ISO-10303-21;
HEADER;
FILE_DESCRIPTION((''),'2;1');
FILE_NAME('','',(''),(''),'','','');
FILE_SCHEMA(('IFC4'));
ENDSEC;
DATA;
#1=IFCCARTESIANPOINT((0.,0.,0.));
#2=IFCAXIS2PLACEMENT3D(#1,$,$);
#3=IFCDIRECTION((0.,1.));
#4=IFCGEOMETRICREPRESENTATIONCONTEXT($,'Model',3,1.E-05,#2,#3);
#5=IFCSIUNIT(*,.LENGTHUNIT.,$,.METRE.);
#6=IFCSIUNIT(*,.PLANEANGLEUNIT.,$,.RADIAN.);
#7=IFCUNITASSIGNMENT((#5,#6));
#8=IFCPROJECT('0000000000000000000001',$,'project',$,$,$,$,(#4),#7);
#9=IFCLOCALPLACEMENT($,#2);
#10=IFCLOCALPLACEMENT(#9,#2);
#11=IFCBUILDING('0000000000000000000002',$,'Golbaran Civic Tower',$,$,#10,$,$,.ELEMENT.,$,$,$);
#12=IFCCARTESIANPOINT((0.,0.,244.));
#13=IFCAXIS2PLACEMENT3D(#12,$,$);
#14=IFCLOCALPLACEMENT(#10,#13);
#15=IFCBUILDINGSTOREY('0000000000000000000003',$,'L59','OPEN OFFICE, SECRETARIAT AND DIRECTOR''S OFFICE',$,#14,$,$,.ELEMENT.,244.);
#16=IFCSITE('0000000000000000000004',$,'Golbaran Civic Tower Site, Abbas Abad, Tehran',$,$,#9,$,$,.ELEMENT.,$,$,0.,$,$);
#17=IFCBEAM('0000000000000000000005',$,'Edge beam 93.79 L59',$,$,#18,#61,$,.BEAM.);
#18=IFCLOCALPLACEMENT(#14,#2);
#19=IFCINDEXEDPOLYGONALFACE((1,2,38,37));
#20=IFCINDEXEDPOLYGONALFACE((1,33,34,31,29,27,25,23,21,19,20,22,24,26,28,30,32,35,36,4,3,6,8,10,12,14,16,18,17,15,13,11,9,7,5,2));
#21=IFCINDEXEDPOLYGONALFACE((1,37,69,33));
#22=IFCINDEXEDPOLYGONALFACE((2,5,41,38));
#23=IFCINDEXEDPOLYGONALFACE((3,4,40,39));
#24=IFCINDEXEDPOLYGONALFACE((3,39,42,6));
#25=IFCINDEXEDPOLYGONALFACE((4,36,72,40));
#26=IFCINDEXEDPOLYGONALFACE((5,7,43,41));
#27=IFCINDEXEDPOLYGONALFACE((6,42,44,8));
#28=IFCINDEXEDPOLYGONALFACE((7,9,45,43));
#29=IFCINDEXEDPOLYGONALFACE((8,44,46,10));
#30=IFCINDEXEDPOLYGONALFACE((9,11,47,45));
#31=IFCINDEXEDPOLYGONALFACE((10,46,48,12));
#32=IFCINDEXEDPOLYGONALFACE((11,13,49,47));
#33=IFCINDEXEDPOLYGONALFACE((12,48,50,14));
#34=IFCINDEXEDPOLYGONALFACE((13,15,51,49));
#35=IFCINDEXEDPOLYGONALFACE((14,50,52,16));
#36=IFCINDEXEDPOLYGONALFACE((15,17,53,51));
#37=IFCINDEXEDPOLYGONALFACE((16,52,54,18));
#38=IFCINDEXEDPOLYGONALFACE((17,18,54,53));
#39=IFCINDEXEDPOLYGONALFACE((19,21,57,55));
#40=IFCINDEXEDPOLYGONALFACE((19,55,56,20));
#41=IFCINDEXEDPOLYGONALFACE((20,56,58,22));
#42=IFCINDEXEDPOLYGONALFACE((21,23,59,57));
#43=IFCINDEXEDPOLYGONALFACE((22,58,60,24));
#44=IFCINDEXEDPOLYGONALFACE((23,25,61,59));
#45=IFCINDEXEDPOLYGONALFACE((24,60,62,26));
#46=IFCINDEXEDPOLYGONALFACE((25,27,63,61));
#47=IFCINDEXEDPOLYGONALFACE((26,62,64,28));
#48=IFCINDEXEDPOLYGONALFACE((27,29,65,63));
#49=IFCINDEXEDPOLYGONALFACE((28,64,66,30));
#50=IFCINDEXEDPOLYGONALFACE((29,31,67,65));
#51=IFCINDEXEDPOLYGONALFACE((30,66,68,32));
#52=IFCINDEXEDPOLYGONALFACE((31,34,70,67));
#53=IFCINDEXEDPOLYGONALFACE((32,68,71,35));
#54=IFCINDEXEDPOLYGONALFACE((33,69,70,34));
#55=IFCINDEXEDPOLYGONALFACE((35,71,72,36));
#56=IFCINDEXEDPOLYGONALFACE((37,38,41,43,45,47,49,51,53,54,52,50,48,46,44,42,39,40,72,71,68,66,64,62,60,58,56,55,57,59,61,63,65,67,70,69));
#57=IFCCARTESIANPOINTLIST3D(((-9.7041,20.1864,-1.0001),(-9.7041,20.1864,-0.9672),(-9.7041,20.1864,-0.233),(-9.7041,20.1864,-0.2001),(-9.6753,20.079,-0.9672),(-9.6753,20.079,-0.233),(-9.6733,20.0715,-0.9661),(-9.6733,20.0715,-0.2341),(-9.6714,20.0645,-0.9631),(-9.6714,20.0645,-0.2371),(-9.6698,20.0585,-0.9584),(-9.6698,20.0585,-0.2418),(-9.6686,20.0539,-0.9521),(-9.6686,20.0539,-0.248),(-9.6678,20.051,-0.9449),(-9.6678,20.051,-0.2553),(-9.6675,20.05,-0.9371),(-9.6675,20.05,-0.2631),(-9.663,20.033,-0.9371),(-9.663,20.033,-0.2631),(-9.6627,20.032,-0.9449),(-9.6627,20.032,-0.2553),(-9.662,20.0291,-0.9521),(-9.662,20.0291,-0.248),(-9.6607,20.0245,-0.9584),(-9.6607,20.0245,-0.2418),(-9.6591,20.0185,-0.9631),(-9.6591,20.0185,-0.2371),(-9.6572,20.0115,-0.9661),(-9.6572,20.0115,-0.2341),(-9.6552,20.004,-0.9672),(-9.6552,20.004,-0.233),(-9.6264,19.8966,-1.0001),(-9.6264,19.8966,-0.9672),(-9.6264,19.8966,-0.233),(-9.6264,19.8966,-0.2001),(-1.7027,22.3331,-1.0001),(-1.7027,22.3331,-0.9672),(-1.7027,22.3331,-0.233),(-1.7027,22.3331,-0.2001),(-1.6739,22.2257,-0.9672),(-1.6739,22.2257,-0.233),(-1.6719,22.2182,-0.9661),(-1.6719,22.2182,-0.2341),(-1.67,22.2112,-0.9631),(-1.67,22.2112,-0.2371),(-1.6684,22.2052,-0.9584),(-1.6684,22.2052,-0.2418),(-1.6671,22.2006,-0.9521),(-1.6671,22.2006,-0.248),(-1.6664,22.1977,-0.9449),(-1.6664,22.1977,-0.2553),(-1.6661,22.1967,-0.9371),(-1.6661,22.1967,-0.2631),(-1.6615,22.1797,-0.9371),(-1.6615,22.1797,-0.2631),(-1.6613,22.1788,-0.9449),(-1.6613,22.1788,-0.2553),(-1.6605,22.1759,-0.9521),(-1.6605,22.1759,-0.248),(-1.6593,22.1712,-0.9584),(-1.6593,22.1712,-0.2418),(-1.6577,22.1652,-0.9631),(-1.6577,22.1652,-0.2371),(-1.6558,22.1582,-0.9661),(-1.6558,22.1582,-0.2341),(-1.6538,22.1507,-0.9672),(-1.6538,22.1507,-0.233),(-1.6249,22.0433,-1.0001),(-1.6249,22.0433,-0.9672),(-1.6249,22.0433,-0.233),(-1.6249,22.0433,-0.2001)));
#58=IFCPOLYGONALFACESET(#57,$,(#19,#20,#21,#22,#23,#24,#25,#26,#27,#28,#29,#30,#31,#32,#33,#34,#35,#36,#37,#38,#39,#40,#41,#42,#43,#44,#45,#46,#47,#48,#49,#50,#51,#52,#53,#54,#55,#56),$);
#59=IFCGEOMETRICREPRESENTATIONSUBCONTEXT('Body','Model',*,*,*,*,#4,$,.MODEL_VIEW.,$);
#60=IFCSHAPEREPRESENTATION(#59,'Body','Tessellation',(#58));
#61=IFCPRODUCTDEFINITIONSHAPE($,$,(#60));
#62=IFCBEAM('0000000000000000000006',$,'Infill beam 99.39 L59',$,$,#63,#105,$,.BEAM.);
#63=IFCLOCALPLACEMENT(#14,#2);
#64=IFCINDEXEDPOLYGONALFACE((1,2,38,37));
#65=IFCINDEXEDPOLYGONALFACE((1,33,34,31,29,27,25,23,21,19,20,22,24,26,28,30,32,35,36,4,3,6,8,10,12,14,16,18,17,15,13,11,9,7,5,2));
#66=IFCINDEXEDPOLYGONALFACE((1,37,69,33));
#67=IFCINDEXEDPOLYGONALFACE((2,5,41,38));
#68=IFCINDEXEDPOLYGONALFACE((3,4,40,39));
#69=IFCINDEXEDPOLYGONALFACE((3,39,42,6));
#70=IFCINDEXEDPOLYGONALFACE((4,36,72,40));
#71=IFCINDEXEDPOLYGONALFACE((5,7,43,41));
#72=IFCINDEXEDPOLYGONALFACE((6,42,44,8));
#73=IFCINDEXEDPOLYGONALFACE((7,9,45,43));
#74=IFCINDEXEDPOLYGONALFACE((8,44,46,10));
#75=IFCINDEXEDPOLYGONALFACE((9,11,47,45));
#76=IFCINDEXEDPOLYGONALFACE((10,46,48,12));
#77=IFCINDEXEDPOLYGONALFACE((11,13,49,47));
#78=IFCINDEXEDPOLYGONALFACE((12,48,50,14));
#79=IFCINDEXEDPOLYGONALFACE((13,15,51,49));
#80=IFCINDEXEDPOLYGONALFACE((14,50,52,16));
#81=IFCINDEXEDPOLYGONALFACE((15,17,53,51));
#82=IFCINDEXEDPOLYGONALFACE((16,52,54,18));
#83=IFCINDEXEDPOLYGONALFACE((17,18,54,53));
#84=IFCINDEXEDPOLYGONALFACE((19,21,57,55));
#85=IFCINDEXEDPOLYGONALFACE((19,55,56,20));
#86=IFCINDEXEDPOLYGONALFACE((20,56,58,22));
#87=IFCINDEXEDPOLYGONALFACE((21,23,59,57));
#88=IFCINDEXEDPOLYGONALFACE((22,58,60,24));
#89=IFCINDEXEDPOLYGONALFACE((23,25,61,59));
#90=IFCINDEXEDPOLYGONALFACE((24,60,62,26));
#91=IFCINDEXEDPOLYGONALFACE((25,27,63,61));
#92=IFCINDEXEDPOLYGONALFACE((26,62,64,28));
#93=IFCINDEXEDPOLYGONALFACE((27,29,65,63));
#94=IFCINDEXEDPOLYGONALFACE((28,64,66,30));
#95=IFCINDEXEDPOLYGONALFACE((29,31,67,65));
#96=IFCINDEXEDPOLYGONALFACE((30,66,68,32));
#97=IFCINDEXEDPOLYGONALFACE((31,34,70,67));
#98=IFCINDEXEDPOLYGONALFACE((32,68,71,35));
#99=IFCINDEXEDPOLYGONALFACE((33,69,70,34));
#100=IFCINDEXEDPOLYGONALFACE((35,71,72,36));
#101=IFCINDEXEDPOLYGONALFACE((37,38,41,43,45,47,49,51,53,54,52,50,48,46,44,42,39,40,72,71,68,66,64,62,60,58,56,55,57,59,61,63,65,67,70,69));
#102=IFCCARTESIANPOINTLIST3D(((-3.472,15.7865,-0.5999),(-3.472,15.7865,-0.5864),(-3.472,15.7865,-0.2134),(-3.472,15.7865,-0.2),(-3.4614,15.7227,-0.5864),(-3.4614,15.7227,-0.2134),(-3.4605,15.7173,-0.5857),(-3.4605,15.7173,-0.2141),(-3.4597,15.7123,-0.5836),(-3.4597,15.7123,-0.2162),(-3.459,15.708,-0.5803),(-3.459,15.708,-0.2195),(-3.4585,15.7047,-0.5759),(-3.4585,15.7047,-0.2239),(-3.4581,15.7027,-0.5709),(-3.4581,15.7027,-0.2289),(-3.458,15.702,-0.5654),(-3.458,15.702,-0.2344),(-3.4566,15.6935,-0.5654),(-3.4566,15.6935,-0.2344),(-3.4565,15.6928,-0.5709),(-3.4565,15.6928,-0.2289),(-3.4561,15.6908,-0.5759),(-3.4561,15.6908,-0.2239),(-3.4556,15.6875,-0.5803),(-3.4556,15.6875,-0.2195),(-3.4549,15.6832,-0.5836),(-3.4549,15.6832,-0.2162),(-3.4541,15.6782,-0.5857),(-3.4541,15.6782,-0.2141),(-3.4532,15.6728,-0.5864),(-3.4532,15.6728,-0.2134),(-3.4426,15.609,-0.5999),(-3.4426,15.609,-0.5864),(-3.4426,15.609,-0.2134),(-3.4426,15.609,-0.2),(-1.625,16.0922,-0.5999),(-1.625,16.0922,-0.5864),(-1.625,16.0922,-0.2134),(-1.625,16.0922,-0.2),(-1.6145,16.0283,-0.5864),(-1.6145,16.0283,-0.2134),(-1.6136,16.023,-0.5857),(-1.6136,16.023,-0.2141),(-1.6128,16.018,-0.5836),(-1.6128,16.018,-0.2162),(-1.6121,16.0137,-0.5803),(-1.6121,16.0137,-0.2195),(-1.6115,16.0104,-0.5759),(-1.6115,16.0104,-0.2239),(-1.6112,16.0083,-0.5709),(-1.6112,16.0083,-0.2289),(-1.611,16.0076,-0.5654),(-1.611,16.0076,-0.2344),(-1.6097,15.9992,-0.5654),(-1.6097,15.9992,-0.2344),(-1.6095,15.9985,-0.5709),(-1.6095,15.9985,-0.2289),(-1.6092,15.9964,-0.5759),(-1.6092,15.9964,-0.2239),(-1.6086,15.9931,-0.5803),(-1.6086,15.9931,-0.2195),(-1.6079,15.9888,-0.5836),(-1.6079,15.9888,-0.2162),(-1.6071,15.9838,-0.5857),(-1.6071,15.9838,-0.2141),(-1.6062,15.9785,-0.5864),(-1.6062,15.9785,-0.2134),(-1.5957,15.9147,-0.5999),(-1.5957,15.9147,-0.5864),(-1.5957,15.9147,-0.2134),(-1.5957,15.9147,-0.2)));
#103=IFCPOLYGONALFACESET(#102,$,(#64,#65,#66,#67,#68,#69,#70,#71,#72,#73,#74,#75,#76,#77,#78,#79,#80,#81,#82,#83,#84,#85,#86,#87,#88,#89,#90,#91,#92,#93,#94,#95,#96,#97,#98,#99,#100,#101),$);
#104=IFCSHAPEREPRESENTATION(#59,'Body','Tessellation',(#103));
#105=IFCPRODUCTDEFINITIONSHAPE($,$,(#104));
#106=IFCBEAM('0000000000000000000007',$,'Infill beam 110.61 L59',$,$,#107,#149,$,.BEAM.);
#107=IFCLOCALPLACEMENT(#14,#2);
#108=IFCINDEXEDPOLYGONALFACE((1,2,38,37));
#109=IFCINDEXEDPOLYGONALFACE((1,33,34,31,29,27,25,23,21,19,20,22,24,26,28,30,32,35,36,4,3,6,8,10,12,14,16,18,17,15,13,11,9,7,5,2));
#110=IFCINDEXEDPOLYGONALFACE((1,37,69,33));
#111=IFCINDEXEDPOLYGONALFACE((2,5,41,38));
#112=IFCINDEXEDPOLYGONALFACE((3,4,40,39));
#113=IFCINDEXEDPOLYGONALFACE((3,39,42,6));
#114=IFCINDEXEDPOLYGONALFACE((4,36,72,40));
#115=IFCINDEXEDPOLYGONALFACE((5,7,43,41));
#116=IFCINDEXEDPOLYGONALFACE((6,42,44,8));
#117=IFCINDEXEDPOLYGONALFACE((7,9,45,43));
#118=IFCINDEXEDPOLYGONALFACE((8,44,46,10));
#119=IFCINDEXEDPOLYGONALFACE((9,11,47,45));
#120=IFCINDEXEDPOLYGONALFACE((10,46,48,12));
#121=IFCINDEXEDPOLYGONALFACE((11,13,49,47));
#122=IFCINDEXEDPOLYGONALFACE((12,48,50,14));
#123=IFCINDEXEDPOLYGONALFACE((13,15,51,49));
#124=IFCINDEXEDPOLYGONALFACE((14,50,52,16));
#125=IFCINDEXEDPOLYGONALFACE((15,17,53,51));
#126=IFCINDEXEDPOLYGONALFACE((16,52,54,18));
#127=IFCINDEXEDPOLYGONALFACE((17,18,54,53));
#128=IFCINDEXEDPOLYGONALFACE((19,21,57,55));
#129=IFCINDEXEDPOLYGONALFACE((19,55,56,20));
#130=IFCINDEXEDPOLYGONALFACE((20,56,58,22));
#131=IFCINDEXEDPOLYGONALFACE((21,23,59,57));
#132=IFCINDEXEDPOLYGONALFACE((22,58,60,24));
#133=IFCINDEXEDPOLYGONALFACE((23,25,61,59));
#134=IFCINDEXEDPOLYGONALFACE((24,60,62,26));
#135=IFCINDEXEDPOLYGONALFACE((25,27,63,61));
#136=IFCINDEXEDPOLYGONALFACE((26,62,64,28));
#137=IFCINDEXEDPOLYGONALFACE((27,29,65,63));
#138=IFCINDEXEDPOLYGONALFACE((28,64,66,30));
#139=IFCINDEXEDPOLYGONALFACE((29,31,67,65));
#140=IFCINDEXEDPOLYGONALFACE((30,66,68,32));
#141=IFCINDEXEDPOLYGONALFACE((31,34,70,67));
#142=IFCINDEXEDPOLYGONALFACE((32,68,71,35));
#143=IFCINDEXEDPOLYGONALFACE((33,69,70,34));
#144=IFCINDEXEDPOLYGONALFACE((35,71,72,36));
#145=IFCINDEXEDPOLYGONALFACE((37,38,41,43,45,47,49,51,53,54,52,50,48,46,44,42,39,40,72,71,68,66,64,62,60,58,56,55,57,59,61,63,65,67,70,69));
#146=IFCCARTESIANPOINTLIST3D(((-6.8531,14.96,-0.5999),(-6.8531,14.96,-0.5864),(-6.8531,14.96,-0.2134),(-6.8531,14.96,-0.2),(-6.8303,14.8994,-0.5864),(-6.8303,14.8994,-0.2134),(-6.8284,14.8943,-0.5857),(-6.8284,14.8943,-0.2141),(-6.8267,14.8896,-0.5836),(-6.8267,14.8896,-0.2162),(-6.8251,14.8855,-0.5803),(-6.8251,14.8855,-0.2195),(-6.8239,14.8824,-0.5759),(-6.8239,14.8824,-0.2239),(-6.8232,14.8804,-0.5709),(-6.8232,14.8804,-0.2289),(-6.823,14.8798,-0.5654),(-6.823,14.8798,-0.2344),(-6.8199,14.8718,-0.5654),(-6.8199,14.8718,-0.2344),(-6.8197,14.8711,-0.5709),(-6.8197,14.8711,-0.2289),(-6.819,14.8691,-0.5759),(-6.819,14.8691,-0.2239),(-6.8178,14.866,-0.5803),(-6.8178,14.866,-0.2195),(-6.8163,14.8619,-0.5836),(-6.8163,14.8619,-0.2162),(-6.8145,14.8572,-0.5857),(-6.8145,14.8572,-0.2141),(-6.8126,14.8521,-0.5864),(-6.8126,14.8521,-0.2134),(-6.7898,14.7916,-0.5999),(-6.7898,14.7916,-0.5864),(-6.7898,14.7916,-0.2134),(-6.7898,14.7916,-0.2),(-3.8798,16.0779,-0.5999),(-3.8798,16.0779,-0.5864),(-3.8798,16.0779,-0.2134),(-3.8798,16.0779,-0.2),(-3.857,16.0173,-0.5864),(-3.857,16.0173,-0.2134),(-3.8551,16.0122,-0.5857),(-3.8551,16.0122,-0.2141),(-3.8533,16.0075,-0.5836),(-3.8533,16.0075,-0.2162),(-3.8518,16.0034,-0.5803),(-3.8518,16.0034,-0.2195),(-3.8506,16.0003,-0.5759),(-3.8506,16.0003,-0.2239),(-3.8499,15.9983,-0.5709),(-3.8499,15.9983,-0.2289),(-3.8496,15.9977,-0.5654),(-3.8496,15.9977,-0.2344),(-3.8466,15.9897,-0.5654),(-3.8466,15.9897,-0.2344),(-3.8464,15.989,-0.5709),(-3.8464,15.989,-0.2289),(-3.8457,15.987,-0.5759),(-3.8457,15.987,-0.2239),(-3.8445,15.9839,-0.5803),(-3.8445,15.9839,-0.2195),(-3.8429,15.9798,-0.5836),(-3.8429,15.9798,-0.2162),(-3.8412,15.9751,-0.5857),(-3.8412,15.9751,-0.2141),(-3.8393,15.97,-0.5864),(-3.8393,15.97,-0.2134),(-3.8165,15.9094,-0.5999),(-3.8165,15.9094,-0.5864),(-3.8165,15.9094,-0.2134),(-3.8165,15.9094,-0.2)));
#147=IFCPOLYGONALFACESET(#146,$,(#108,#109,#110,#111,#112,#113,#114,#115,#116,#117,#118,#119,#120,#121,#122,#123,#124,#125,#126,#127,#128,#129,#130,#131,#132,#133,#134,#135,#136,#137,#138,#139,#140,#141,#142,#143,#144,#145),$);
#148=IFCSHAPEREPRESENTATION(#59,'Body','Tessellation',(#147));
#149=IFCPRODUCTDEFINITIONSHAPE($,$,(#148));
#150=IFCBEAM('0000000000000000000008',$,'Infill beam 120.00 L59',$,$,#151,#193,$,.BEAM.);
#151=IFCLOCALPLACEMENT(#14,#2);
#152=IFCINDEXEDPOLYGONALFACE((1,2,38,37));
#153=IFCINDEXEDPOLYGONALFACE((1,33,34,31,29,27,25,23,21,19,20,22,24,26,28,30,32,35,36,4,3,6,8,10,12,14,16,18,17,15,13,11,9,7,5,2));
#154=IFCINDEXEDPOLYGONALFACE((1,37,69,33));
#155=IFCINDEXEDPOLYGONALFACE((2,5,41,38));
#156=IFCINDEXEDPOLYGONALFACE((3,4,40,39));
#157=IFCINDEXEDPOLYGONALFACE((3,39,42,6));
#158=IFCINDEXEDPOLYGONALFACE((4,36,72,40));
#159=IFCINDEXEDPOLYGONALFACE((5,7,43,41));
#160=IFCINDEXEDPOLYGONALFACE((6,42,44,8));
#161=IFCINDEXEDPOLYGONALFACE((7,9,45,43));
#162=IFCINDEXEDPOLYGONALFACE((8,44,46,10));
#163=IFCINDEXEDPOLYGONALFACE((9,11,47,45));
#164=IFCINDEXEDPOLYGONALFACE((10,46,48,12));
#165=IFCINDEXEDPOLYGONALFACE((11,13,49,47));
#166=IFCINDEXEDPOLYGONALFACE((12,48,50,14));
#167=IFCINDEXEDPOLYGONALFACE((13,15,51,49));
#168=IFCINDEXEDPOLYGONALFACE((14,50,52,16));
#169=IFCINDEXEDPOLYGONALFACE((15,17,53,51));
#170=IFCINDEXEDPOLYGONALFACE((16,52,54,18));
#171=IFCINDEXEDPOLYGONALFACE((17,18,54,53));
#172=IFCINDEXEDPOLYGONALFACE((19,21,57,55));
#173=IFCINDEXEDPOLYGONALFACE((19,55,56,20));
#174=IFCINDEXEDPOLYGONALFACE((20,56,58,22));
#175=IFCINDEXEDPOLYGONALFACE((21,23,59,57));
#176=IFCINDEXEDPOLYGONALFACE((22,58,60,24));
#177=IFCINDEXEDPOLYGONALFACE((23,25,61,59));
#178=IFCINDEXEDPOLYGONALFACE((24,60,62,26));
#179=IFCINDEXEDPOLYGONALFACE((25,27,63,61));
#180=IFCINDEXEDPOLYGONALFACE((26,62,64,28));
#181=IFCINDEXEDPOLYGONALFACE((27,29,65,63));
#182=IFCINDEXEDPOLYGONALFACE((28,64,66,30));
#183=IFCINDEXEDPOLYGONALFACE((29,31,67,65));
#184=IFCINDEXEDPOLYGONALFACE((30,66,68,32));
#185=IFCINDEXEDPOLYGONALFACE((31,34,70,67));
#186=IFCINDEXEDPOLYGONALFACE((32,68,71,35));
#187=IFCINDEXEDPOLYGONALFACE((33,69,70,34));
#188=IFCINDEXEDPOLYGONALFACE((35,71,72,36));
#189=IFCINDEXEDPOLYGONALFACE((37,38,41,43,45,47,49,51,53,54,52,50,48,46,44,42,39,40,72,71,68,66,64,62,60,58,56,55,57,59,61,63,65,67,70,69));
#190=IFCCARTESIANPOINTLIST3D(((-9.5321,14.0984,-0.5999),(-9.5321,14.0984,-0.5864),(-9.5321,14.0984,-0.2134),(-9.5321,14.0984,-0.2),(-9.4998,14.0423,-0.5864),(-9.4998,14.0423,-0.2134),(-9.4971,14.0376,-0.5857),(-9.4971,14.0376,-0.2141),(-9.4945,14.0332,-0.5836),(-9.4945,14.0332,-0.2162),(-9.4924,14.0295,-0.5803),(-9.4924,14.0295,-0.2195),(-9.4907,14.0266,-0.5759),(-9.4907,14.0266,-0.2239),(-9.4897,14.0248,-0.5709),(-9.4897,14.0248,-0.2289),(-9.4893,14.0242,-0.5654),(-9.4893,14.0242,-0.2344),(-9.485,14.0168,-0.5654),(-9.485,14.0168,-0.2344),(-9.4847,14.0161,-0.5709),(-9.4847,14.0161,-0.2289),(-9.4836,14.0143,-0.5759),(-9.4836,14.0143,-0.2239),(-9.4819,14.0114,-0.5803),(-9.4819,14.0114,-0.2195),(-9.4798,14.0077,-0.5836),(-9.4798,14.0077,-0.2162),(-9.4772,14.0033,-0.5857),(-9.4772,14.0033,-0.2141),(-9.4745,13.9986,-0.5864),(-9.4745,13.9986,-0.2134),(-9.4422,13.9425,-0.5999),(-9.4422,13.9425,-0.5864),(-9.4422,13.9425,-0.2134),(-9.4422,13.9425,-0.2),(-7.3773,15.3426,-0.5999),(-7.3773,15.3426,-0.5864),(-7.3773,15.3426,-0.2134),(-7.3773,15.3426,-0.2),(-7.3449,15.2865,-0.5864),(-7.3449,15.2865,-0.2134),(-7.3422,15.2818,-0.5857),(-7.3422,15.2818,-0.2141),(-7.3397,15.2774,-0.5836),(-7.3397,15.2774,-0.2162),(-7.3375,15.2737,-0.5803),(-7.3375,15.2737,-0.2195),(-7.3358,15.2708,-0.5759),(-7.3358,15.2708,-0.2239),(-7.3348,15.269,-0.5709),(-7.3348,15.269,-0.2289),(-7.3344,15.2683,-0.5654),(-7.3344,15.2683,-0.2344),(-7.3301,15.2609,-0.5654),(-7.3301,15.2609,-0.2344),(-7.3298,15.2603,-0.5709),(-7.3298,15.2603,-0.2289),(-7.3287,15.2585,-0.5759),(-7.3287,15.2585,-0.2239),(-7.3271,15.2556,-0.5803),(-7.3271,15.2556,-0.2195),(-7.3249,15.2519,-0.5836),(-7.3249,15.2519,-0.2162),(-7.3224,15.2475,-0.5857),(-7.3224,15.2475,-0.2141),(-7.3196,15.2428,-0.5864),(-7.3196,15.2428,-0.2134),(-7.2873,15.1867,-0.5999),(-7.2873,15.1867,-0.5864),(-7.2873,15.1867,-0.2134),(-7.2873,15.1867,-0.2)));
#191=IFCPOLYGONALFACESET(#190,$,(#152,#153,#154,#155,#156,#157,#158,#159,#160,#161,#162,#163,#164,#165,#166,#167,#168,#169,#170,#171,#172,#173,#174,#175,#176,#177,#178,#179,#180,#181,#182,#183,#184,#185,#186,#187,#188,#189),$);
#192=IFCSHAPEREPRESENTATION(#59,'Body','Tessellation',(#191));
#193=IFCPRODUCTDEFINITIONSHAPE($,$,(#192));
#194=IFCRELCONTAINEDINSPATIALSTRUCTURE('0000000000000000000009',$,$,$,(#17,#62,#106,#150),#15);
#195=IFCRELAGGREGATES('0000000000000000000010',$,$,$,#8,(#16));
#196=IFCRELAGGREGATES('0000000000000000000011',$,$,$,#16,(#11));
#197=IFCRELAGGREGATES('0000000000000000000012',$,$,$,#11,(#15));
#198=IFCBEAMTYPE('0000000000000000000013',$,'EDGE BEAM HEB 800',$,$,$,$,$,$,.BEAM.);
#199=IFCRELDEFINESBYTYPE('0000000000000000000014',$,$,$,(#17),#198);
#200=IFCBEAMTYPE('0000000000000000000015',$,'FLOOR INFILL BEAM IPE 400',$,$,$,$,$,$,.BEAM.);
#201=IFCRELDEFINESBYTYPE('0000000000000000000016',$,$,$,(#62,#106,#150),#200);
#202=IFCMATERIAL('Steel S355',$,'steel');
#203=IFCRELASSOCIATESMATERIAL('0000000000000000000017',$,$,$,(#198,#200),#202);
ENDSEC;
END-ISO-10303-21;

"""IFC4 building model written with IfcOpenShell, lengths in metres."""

from ifc_helpers import new_model, si_unit, direction, frame, origin, origin_2d, place, context, subcontext, project, spatial, i_section, extrude, material, material_profile, profile_set, type_object, element, save


model = new_model("IFC4")

# Units and contexts
model_context = context("Model", 3, precision=1e-05, world=origin(), true_north=direction((0.0, 1.0)))
body_context = subcontext(model_context, "Body", "Model", "MODEL_VIEW")
ifc_project = project(units=[si_unit("LENGTHUNIT", "METRE"), si_unit("PLANEANGLEUNIT", "RADIAN")], contexts=[model_context])

# Site, building, storey
site_placement = place(None, origin())
site = spatial("IfcSite", under=ifc_project, at=site_placement, Name="Golbaran Civic Tower Site, Abbas Abad, Tehran", CompositionType="ELEMENT", RefElevation=0.0)
building_placement = place(site_placement, origin())
building = spatial("IfcBuilding", under=site, at=building_placement, Name="Golbaran Civic Tower", CompositionType="ELEMENT")
storey_placement = place(building_placement, frame((0.0, 0.0, 244.0)))
storey = spatial("IfcBuildingStorey", under=building, at=storey_placement, Name="L59", Description="OPEN OFFICE, SECRETARIAT AND DIRECTOR'S OFFICE", CompositionType="ELEMENT", Elevation=244.0)

# Beams
ifc_material_1 = material(Name="Steel S355", Category="steel")
ifc_material_profile_1 = material_profile(ifc_material_1, i_section(OverallWidth=0.3, OverallDepth=0.8, WebThickness=0.0176, FlangeThickness=0.033, FilletRadius=0.03, at=origin_2d()), Name="HEB 800")
ifc_profile_set_1 = profile_set([ifc_material_profile_1], Name="Steel S355")
beam_type_1 = type_object("IfcBeamType", Name="EDGE BEAM HEB 800", PredefinedType="BEAM", material=ifc_profile_set_1)
beam_1_placement = place(storey_placement, frame((-1.6638, 22.1882, -0.6001), z_axis=(-0.965843, -0.259128, 0.0), x_axis=(0.259128, -0.965843, 0.0)))
element("IfcBeam", 1, at=beam_1_placement, inside=storey, type_object=beam_type_1, Name="Edge beam 93.79 L59", PredefinedType="BEAM", context=body_context, shape_type="SweptSolid", body=[
    extrude(i_section(OverallWidth=0.3, OverallDepth=0.8, WebThickness=0.0176, FlangeThickness=0.033, FilletRadius=0.03, at=origin_2d()), origin(), (0.0, 0.0, 1.0), 8.2844),
])
ifc_material_profile_2 = material_profile(ifc_material_1, i_section(OverallWidth=0.1799, OverallDepth=0.3999, WebThickness=0.0085, FlangeThickness=0.0134, FilletRadius=0.021, at=origin_2d()), Name="IPE 400")
ifc_profile_set_2 = profile_set([ifc_material_profile_2], Name="Steel S355")
beam_type_2 = type_object("IfcBeamType", Name="FLOOR INFILL BEAM IPE 400", PredefinedType="BEAM", material=ifc_profile_set_2)
beam_2_placement = place(storey_placement, frame((-1.6104, 16.0034, -0.3999), z_axis=(-0.98658, -0.163278, 0.0), x_axis=(0.163278, -0.98658, 0.0)))
element("IfcBeam", 2, at=beam_2_placement, inside=storey, type_object=beam_type_2, Name="Infill beam 99.39 L59", PredefinedType="BEAM", context=body_context, shape_type="SweptSolid", body=[
    extrude(i_section(OverallWidth=0.1799, OverallDepth=0.3999, WebThickness=0.0085, FlangeThickness=0.0134, FilletRadius=0.021, at=origin_2d()), origin(), (0.0, 0.0, 1.0), 1.8721),
])
beam_3_placement = place(storey_placement, frame((-3.8481, 15.9937, -0.3999), z_axis=(-0.936029, -0.351923, 0.0), x_axis=(0.351923, -0.936029, 0.0)))
element("IfcBeam", 3, at=beam_3_placement, inside=storey, type_object=beam_type_2, Name="Infill beam 110.61 L59", PredefinedType="BEAM", context=body_context, shape_type="SweptSolid", body=[
    extrude(i_section(OverallWidth=0.1799, OverallDepth=0.3999, WebThickness=0.0085, FlangeThickness=0.0134, FilletRadius=0.021, at=origin_2d()), origin(), (0.0, 0.0, 1.0), 3.1765),
])
beam_4_placement = place(storey_placement, frame((-7.3323, 15.2646, -0.3999), z_axis=(-0.866012, -0.500023, 0.0), x_axis=(0.500023, -0.866012, 0.0)))
element("IfcBeam", 4, at=beam_4_placement, inside=storey, type_object=beam_type_2, Name="Infill beam 120.00 L59", PredefinedType="BEAM", context=body_context, shape_type="SweptSolid", body=[
    extrude(i_section(OverallWidth=0.1799, OverallDepth=0.3999, WebThickness=0.0085, FlangeThickness=0.0134, FilletRadius=0.021, at=origin_2d()), origin(), (0.0, 0.0, 1.0), 2.4883),
])

save(model, "model.ifc")
